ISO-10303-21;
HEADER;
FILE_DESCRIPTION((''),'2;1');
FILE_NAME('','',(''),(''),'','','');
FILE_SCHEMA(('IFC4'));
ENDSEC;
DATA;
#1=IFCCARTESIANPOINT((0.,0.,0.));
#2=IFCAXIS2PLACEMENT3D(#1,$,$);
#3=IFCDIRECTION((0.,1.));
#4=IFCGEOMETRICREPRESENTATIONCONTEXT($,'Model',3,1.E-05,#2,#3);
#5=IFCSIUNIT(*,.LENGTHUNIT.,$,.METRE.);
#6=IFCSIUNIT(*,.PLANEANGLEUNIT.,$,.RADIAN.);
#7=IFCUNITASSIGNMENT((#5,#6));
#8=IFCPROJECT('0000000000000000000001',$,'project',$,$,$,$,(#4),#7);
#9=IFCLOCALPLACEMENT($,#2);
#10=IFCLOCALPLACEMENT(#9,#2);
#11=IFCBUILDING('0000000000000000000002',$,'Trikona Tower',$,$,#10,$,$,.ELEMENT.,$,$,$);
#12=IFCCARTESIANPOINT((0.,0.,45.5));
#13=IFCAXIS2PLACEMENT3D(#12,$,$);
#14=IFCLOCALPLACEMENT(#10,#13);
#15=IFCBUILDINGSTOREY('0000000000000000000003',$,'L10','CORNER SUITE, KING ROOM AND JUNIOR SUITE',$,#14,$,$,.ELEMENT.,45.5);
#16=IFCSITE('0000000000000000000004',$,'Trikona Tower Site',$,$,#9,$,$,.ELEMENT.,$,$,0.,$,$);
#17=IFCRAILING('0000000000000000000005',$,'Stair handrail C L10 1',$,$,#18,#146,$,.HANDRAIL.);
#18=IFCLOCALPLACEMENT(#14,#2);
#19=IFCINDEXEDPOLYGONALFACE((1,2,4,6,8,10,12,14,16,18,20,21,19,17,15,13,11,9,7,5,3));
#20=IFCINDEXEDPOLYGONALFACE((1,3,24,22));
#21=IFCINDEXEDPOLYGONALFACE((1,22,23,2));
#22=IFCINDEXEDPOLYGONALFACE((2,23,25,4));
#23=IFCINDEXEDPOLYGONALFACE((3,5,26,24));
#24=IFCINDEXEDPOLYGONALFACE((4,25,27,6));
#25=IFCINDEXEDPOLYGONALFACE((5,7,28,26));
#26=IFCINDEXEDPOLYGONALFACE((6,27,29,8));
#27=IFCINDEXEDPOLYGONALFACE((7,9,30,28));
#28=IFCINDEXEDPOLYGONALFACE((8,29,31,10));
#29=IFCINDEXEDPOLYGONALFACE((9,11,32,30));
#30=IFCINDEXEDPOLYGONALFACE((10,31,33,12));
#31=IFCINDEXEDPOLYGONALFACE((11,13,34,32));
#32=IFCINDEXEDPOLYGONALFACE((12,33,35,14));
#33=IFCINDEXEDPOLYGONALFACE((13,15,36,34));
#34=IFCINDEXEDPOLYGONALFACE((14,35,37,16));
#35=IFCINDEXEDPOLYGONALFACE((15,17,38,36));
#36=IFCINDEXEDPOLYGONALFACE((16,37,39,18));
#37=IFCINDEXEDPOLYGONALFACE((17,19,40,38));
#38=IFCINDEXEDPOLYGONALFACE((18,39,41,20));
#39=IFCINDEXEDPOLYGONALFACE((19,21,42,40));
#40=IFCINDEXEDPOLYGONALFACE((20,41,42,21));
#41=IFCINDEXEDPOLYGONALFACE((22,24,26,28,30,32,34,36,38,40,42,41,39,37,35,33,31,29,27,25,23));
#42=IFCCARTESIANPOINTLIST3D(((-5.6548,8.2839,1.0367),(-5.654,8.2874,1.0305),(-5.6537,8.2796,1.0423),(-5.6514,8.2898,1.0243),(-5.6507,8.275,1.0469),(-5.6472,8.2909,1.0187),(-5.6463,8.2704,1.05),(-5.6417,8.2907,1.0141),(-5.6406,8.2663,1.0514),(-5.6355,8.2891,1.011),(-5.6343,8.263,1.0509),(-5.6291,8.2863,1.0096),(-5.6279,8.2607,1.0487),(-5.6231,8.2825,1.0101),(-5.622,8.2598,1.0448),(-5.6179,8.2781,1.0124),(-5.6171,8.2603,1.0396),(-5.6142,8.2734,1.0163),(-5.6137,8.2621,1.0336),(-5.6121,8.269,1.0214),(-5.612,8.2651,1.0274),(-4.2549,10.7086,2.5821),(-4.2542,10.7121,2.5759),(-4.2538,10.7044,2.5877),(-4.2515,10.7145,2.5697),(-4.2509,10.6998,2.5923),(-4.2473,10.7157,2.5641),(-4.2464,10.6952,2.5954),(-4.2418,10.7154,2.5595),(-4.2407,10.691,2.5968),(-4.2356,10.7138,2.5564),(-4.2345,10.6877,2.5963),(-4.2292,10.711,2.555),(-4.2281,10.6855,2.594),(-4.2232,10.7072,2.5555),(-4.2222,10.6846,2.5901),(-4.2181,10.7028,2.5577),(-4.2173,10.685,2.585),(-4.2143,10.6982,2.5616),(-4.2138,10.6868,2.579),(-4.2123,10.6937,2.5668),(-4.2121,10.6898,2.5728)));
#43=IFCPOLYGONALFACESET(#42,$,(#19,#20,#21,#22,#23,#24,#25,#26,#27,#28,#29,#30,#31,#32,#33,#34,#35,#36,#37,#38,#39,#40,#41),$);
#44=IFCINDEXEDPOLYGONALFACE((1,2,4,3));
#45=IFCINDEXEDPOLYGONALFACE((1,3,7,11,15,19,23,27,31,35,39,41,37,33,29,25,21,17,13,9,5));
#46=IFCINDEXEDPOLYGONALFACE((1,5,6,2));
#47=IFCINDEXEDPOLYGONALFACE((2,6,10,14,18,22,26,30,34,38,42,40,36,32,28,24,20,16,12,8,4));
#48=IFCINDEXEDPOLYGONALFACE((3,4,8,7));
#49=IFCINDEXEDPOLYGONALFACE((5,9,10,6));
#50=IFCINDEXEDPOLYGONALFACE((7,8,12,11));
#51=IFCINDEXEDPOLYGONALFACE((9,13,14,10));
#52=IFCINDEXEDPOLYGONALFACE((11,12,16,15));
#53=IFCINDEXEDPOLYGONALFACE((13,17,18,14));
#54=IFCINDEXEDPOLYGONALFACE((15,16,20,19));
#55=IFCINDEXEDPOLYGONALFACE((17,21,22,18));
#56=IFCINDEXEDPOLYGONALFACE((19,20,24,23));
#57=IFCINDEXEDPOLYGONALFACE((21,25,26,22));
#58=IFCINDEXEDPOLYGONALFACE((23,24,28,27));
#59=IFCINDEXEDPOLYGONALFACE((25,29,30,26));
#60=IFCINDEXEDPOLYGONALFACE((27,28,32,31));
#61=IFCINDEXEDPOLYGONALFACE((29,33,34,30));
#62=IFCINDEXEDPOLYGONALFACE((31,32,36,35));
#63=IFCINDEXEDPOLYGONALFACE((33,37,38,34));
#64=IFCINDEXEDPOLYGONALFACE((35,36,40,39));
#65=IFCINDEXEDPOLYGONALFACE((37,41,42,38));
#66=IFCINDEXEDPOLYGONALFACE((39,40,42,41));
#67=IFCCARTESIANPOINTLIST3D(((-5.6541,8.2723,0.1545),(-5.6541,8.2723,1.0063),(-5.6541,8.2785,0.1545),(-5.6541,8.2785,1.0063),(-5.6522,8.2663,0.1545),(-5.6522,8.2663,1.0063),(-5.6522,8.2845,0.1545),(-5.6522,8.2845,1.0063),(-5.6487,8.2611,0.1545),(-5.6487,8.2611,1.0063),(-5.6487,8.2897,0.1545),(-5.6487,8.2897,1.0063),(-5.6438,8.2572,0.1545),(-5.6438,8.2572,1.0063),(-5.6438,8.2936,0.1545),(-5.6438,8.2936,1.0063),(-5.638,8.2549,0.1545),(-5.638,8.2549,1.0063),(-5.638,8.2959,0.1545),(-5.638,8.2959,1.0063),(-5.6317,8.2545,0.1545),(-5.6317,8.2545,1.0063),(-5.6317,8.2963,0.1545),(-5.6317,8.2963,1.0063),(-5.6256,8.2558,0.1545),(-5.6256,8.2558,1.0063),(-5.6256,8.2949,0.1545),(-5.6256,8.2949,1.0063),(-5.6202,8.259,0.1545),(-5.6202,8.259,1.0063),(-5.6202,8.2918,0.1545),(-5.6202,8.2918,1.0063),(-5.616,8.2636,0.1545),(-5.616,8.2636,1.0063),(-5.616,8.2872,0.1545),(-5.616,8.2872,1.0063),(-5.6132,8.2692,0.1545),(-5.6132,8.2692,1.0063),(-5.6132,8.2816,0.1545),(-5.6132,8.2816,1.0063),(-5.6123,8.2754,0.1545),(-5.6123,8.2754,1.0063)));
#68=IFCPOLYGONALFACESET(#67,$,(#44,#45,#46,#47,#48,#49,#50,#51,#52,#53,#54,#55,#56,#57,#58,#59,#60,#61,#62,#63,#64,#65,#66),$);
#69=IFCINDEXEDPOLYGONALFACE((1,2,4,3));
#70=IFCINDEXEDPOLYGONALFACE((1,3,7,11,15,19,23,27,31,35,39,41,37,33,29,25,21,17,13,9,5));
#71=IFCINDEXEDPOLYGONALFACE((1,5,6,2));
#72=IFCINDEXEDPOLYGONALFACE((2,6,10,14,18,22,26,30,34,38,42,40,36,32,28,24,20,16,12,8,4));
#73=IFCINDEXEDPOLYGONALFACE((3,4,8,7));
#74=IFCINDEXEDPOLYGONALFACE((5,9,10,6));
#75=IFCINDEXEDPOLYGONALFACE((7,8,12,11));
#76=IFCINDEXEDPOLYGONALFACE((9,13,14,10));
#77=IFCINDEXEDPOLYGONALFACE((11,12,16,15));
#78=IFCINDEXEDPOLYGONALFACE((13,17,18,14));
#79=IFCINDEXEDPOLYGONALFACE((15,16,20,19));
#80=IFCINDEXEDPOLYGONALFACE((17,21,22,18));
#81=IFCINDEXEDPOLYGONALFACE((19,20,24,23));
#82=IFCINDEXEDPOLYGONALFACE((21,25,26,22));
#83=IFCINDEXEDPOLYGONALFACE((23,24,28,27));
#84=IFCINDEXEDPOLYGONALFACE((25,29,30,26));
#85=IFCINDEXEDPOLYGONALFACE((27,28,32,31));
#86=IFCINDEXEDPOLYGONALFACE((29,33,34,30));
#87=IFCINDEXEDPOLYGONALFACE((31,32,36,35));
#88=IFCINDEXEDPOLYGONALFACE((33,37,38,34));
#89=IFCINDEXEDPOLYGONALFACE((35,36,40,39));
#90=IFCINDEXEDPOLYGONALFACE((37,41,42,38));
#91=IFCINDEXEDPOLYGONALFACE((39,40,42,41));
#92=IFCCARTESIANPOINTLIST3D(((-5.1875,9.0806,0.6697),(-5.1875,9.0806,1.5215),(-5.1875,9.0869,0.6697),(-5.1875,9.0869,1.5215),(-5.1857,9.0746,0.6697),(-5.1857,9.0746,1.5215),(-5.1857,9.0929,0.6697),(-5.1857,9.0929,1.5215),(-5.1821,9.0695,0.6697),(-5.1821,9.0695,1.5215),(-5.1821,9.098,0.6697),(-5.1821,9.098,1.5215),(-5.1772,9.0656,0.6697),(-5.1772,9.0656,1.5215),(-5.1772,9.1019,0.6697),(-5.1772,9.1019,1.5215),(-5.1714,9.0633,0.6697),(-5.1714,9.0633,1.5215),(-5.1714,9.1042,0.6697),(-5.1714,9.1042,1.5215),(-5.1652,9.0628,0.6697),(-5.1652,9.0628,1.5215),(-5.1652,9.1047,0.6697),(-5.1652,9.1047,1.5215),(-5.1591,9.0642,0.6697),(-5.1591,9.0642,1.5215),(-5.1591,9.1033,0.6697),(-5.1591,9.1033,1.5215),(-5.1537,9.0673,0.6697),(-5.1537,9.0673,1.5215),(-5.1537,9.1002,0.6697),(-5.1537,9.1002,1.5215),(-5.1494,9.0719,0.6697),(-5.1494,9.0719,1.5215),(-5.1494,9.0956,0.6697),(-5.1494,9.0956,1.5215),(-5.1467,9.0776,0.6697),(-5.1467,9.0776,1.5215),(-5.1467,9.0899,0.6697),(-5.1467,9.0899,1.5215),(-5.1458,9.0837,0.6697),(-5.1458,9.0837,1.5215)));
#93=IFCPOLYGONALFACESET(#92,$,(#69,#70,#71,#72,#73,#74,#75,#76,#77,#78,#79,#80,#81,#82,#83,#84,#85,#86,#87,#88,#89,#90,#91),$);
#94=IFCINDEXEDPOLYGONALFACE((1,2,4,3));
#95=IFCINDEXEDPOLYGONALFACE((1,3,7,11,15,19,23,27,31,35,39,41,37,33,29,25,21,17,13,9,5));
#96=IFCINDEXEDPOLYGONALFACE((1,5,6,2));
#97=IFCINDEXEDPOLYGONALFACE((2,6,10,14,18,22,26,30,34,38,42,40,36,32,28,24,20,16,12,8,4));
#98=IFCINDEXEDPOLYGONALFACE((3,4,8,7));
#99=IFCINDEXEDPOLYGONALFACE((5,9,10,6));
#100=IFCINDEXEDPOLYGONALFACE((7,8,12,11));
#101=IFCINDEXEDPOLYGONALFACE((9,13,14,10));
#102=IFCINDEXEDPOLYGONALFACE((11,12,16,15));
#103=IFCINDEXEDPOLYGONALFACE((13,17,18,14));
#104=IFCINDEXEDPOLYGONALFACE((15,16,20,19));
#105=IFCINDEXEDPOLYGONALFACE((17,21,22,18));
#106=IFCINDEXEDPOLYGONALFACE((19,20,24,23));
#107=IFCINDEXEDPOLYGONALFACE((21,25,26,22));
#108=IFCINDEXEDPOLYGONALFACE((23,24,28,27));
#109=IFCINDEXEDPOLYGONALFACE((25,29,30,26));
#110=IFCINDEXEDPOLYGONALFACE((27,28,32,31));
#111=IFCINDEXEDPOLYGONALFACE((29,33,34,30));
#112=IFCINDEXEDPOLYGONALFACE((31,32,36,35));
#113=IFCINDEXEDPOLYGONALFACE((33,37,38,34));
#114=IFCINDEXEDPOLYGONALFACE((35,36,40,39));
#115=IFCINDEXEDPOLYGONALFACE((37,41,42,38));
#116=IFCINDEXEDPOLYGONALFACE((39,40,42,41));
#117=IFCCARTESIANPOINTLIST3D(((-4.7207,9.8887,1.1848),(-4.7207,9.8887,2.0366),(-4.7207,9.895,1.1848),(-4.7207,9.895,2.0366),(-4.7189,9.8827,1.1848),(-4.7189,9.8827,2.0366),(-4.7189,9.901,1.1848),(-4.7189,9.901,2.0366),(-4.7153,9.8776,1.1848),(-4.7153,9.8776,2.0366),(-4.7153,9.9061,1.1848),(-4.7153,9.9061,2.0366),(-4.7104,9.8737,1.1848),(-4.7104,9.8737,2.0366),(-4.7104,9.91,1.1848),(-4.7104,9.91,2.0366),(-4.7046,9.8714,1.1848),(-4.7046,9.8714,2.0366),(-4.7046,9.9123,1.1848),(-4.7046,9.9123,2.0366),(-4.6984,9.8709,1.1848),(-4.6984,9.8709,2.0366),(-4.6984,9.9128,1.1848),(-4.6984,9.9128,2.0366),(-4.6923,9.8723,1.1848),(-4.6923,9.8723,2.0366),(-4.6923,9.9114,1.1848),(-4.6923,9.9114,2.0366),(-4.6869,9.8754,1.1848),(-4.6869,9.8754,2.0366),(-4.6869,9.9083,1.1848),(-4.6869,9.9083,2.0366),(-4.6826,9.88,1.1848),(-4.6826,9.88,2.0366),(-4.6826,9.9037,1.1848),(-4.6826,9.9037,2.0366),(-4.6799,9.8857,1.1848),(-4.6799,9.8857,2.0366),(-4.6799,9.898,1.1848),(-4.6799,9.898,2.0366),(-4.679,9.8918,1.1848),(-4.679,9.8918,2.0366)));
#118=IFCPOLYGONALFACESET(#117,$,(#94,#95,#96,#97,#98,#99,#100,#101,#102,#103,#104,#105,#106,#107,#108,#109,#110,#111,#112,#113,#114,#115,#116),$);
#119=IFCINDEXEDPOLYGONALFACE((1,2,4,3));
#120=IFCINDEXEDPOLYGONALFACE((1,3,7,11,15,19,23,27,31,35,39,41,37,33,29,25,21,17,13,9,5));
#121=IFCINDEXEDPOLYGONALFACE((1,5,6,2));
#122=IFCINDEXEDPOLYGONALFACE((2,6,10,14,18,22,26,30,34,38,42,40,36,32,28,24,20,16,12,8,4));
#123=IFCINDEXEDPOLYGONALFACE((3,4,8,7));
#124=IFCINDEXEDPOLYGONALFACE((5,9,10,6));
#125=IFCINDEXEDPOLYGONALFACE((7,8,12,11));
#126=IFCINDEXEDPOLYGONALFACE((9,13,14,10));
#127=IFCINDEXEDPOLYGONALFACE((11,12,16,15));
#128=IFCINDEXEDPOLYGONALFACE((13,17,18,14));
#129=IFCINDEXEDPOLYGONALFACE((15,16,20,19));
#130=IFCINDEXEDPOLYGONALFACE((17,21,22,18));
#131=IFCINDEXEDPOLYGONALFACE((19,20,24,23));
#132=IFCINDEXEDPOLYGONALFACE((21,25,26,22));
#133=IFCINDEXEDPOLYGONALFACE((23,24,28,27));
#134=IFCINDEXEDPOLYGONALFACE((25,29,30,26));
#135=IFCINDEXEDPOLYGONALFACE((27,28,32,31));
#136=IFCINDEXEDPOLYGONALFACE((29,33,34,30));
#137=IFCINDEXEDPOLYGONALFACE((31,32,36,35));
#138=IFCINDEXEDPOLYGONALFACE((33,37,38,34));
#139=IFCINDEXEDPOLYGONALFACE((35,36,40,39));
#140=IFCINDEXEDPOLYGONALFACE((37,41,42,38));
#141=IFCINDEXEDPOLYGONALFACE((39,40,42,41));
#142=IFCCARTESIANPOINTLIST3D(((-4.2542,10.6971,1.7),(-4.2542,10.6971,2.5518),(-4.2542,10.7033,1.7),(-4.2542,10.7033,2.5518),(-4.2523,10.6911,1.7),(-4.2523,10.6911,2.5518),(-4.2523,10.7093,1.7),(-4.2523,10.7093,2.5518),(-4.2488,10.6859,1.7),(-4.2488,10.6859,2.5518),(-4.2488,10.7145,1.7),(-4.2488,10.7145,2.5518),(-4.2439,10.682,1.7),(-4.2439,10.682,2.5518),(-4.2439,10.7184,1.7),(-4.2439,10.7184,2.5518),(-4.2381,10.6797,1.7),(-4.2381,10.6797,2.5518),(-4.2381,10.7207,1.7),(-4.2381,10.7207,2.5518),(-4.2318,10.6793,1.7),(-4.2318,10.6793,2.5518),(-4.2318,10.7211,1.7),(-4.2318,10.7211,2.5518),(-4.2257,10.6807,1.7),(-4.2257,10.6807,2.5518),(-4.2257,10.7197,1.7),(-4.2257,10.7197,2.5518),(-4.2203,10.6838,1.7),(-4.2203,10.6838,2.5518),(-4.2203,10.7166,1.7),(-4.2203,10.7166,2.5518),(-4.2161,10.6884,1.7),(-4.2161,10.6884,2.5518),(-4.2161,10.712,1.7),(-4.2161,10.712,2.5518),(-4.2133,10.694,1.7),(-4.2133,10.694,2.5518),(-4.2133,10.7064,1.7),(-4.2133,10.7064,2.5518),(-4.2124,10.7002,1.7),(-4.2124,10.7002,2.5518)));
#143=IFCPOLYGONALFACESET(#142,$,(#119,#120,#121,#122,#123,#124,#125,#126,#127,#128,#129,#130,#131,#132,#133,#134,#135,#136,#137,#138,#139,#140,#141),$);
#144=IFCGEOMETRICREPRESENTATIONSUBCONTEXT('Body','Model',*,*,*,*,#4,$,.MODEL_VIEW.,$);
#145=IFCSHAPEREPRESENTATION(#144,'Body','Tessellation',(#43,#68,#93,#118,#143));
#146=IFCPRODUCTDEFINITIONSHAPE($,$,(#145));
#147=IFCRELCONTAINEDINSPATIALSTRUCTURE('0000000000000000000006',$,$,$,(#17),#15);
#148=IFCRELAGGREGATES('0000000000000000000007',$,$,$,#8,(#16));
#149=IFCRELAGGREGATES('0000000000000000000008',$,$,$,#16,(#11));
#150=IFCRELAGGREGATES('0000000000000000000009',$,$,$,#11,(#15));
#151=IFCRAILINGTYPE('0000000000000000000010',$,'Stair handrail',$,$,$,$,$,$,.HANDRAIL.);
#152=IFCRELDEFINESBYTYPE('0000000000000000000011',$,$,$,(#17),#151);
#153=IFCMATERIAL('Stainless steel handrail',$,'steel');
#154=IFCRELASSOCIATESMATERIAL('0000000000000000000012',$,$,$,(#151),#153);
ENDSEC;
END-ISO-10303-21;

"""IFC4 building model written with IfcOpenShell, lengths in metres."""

from ifc_helpers import new_model, si_unit, direction, frame, origin, origin_2d, place, context, subcontext, project, spatial, circle, extrude, material, type_object, element, save


model = new_model("IFC4")

# Units and contexts
model_context = context("Model", 3, precision=1e-05, world=origin(), true_north=direction((0.0, 1.0)))
body_context = subcontext(model_context, "Body", "Model", "MODEL_VIEW")
ifc_project = project(units=[si_unit("LENGTHUNIT", "METRE"), si_unit("PLANEANGLEUNIT", "RADIAN")], contexts=[model_context])

# Site, building, storey
site_placement = place(None, origin())
site = spatial("IfcSite", under=ifc_project, at=site_placement, Name="Trikona Tower Site", CompositionType="ELEMENT", RefElevation=0.0)
building_placement = place(site_placement, origin())
building = spatial("IfcBuilding", under=site, at=building_placement, Name="Trikona Tower", CompositionType="ELEMENT")
storey_placement = place(building_placement, frame((0.0, 0.0, 45.5)))
storey = spatial("IfcBuildingStorey", under=building, at=storey_placement, Name="L10", Description="CORNER SUITE, KING ROOM AND JUNIOR SUITE", CompositionType="ELEMENT", Elevation=45.5)

# Railing
ifc_material_1 = material(Name="Stainless steel handrail", Category="steel")
railing_type = type_object("IfcRailingType", Name="Stair handrail", PredefinedType="HANDRAIL", material=ifc_material_1)
railing_1_placement = place(storey_placement, frame((-5.6333, 8.2754, 0.1545)))
element("IfcRailing", 1, at=railing_1_placement, inside=storey, type_object=railing_type, Name="Stair handrail C L10 1", PredefinedType="HANDRAIL", context=body_context, shape_type="SweptSolid", body=[
    extrude(circle(Radius=0.0239, at=origin_2d()), frame((0.0, 0.0, 0.876), z_axis=(0.437733, 0.758207, 0.483231), x_axis=(-0.866035, 0.499984, 0.0)), (0.0, 0.0, 1.0), 3.198),
    extrude(circle(Radius=0.021, at=origin_2d()), origin(), (0.0, 0.0, 1.0), 0.8518),
    extrude(circle(Radius=0.021, at=origin_2d()), frame((0.4666, 0.8083, 0.5151)), (0.0, 0.0, 1.0), 0.8518),
    extrude(circle(Radius=0.021, at=origin_2d()), frame((0.9333, 1.6165, 1.0303)), (0.0, 0.0, 1.0), 0.8518),
    extrude(circle(Radius=0.021, at=origin_2d()), frame((1.3999, 2.4248, 1.5454)), (0.0, 0.0, 1.0), 0.8518),
])

save(model, "model.ifc")
